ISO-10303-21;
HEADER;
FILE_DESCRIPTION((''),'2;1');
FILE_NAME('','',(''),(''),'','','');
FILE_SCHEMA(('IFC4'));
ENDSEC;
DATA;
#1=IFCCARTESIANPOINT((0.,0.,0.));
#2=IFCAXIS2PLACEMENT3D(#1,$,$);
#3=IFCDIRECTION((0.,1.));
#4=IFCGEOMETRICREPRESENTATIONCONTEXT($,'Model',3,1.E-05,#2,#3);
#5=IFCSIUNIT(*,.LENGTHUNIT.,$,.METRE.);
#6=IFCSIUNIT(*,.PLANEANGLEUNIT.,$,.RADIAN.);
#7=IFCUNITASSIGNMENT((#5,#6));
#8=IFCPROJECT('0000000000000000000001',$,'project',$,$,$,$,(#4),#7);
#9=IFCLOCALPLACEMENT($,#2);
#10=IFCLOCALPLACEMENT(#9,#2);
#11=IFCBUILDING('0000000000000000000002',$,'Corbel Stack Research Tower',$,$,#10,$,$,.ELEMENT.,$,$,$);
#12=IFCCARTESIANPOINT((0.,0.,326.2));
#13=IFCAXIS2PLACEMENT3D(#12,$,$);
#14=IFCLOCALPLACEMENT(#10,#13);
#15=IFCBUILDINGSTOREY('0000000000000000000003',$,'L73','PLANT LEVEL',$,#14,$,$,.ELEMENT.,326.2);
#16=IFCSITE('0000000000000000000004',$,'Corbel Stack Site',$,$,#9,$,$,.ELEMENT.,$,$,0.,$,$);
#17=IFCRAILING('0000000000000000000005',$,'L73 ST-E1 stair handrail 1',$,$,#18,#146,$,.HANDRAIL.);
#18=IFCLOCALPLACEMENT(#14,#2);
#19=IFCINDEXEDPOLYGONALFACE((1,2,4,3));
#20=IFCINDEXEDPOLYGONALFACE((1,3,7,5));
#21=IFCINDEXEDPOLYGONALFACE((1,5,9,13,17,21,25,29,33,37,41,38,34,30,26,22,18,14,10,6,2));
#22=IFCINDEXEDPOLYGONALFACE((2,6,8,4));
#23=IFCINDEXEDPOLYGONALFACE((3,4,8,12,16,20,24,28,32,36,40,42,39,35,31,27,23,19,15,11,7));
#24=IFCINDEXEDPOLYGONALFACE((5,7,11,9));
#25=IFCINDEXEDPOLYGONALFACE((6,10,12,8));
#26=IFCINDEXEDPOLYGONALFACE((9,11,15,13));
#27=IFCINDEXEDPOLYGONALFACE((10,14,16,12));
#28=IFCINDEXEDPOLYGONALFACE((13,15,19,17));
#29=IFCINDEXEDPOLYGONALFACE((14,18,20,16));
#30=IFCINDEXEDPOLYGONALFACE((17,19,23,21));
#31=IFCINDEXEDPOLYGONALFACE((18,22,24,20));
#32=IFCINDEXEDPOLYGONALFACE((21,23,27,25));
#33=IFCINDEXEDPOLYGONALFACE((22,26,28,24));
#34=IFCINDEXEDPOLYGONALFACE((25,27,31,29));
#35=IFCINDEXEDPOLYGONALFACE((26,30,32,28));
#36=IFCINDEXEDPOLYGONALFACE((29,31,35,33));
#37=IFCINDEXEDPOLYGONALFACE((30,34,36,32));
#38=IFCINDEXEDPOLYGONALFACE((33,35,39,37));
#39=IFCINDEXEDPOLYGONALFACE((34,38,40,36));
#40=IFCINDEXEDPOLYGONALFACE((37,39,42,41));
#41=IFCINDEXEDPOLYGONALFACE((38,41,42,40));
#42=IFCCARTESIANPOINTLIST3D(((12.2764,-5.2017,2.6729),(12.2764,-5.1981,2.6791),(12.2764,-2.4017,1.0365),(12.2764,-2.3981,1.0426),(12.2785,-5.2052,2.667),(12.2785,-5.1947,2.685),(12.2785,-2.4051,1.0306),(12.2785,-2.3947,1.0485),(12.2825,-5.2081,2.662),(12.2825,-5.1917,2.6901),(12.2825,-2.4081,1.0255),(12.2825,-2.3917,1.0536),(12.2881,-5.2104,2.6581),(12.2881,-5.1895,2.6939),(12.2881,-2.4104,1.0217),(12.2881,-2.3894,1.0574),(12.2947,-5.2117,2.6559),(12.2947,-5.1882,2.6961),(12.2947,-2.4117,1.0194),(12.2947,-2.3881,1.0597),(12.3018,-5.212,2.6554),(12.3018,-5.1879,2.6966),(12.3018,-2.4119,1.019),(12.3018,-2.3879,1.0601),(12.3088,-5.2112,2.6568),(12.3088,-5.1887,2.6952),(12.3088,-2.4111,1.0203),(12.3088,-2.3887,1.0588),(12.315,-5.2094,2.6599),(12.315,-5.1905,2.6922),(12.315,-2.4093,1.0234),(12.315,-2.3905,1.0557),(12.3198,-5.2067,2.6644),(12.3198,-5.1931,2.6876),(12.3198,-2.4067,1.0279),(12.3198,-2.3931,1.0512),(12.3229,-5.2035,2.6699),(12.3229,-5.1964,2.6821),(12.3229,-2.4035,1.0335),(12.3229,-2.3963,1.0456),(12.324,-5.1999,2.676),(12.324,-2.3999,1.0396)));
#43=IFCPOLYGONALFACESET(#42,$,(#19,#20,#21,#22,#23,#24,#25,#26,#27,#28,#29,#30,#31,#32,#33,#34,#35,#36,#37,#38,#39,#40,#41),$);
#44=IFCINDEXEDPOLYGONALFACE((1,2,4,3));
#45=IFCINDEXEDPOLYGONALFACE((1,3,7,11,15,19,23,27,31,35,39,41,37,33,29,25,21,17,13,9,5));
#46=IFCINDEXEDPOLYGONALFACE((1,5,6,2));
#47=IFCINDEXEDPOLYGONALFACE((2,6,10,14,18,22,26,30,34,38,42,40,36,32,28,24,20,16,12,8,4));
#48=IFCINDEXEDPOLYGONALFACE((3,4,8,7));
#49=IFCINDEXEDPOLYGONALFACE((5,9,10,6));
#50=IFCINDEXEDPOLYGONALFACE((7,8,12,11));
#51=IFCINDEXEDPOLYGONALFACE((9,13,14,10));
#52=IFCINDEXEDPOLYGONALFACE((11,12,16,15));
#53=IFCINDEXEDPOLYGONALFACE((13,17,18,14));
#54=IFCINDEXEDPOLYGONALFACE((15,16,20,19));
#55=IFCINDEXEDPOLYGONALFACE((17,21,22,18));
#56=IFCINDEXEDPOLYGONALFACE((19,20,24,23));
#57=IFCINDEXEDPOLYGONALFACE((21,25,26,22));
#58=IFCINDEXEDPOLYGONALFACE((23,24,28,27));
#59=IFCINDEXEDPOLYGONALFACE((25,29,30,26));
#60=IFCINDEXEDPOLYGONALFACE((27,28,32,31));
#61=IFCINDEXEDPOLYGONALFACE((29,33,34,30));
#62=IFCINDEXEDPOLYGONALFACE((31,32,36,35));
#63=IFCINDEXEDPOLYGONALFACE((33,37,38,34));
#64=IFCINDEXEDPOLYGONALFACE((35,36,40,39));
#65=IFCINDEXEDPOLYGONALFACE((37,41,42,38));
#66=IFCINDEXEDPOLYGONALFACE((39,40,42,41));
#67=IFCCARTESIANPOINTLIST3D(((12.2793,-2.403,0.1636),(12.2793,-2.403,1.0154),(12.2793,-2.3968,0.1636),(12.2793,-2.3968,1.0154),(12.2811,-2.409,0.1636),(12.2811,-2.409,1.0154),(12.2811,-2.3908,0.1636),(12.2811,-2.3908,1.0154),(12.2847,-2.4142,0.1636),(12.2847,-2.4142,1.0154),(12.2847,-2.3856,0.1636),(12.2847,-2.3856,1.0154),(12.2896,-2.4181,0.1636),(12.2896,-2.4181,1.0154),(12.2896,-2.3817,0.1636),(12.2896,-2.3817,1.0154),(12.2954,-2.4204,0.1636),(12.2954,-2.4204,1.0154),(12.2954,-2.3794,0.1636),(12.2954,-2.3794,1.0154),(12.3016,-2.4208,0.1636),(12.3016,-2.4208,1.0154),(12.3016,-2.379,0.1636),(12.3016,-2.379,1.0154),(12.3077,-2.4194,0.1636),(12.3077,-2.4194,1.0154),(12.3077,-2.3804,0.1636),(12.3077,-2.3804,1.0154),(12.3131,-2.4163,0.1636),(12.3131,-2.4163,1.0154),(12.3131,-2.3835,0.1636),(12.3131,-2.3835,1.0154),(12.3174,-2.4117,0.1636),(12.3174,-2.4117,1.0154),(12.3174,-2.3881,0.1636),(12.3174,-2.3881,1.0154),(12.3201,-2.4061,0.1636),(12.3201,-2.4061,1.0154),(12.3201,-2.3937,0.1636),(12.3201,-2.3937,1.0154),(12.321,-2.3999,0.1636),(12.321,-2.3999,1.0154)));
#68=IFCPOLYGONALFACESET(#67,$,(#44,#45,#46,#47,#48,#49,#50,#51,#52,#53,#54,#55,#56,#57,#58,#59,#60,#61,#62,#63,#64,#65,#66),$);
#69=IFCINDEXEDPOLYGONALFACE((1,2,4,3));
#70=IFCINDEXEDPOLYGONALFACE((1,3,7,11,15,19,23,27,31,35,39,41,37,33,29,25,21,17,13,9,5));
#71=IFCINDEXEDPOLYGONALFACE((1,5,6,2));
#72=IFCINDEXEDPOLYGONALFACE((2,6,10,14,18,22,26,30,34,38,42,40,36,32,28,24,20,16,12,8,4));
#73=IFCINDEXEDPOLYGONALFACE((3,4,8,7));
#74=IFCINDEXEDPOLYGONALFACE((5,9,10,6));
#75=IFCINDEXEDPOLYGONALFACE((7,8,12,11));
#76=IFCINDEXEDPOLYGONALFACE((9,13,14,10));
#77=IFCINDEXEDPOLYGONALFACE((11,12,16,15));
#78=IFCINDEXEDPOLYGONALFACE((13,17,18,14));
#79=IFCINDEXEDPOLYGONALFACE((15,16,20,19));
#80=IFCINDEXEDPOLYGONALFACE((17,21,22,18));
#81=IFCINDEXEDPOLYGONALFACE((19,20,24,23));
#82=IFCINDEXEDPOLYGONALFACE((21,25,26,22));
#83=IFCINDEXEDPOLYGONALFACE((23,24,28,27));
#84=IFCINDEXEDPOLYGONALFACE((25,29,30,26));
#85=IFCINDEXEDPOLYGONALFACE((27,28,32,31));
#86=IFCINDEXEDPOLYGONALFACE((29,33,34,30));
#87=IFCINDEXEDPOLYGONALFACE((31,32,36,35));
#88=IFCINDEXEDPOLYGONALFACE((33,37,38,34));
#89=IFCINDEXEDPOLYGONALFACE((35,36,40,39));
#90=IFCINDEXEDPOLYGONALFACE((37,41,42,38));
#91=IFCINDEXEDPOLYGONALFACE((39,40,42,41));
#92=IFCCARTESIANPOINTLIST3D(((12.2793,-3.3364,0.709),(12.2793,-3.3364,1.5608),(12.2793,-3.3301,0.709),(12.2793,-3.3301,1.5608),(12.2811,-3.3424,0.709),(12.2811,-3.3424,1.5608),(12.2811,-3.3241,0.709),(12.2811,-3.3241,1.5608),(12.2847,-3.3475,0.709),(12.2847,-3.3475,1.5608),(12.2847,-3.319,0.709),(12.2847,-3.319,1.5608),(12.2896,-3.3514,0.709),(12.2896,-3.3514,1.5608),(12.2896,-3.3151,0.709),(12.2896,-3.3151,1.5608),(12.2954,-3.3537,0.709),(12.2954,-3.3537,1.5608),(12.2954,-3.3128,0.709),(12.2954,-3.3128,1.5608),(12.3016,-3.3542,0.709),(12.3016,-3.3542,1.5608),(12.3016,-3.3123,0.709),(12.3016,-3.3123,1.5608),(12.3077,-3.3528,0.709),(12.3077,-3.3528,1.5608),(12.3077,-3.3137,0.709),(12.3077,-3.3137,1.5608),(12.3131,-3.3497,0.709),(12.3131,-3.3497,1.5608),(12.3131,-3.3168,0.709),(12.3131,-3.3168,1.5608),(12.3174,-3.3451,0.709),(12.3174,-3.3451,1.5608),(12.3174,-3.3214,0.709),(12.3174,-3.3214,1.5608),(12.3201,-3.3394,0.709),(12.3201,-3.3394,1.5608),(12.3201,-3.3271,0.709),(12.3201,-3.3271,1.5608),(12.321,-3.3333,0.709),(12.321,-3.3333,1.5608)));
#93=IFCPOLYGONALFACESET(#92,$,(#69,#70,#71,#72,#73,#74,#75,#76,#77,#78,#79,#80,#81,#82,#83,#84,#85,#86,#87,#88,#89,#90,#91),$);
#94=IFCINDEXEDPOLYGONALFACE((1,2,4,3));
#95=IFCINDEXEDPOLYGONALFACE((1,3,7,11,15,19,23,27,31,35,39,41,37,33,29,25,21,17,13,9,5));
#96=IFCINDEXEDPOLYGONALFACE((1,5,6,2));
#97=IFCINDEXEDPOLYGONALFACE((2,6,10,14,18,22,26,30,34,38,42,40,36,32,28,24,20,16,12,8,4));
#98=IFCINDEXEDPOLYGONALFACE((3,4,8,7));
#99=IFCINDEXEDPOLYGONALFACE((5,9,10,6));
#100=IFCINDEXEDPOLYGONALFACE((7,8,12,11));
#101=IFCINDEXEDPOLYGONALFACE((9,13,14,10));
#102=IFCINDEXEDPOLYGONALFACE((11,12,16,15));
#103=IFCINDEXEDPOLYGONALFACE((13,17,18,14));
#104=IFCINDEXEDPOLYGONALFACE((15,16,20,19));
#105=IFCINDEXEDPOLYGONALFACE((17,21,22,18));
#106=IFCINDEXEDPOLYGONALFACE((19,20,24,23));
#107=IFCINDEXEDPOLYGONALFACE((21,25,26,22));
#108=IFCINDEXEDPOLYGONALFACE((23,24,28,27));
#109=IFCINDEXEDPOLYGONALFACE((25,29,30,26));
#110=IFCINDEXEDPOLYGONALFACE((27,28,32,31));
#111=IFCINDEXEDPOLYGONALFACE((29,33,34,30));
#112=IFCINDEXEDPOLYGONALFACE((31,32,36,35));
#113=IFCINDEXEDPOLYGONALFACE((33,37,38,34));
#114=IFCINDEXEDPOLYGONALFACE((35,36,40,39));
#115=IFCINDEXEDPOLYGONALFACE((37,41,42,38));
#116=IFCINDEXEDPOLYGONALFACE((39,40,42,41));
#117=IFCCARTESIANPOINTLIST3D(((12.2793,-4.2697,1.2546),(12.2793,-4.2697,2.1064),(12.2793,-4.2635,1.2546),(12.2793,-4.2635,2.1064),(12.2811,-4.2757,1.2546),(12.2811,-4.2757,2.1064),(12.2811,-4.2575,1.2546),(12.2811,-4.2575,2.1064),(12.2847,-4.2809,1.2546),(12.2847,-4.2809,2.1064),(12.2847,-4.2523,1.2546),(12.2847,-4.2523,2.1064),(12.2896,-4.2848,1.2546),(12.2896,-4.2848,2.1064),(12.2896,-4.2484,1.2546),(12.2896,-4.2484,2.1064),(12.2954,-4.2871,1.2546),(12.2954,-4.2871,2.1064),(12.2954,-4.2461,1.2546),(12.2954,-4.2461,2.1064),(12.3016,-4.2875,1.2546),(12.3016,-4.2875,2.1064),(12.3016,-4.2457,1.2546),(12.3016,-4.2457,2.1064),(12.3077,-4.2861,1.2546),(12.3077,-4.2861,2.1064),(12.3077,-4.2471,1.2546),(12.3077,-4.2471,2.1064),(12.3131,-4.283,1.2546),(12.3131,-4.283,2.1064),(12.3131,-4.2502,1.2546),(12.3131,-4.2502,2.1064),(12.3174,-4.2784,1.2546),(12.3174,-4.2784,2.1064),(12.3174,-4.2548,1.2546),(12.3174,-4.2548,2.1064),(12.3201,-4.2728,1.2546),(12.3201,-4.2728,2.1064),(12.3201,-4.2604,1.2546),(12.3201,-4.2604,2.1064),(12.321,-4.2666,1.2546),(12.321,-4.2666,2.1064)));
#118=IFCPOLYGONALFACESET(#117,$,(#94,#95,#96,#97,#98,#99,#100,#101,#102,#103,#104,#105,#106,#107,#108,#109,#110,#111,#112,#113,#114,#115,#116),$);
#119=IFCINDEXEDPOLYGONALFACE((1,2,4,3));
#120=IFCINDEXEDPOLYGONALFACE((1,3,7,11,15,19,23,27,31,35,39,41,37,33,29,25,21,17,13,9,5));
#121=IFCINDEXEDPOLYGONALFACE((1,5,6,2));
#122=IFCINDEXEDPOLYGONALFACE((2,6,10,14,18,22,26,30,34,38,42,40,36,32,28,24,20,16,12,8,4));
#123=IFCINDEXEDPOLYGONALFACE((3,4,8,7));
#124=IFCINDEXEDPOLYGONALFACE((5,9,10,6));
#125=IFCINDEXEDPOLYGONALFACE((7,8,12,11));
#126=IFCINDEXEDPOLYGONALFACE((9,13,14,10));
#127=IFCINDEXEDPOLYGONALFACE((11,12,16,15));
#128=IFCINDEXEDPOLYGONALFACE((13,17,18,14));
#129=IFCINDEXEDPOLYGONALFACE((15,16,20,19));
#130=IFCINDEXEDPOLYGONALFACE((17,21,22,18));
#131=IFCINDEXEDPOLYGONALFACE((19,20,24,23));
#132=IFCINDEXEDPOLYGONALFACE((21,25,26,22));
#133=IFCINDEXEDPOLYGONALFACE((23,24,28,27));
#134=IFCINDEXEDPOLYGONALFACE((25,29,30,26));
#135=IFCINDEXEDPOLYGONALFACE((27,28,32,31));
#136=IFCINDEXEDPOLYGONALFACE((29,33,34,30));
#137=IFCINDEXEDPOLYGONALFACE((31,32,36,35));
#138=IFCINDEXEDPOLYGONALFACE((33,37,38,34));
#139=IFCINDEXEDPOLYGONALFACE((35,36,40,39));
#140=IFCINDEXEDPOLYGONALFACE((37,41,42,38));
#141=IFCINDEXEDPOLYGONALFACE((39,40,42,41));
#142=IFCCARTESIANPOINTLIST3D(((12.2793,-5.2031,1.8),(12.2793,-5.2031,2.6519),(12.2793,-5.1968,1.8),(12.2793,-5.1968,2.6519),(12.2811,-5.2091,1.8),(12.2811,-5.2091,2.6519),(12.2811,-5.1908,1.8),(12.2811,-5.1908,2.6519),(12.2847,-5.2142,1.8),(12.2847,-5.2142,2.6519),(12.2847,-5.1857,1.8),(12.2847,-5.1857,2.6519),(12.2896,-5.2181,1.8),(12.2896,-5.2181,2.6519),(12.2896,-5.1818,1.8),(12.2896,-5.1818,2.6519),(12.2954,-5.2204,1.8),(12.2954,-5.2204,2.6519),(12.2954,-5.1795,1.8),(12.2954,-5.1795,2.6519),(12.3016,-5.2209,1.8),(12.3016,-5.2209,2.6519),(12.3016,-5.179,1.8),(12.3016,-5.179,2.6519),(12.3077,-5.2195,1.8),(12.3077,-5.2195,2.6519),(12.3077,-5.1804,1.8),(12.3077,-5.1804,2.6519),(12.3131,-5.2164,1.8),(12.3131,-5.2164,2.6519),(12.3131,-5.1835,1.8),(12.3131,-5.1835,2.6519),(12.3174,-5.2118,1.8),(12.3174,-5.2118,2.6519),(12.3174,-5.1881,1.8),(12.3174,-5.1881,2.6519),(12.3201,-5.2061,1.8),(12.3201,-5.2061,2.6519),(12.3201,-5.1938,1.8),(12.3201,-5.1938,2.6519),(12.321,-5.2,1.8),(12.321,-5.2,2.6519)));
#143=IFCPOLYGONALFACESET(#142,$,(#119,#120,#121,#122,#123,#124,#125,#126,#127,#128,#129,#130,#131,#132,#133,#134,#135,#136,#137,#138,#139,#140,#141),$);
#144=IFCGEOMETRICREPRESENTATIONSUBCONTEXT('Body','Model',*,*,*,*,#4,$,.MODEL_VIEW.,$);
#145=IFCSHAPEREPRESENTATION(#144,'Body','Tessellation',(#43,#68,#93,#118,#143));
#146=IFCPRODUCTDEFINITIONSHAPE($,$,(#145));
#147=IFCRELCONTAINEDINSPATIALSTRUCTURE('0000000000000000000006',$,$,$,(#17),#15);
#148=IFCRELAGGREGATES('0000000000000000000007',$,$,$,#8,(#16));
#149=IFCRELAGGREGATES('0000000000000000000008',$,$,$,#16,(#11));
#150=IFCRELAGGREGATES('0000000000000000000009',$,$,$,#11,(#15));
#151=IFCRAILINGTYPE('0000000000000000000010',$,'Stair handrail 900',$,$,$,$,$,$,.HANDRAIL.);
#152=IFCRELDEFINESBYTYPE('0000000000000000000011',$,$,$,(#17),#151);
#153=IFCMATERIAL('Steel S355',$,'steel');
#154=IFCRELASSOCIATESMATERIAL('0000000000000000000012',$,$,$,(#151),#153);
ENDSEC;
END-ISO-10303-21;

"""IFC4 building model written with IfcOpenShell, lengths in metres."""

from ifc_helpers import new_model, si_unit, direction, frame, origin, origin_2d, place, context, subcontext, project, spatial, circle, extrude, material, type_object, element, save


model = new_model("IFC4")

# Units and contexts
model_context = context("Model", 3, precision=1e-05, world=origin(), true_north=direction((0.0, 1.0)))
body_context = subcontext(model_context, "Body", "Model", "MODEL_VIEW")
ifc_project = project(units=[si_unit("LENGTHUNIT", "METRE"), si_unit("PLANEANGLEUNIT", "RADIAN")], contexts=[model_context])

# Site, building, storey
site_placement = place(None, origin())
site = spatial("IfcSite", under=ifc_project, at=site_placement, Name="Corbel Stack Site", CompositionType="ELEMENT", RefElevation=0.0)
building_placement = place(site_placement, origin())
building = spatial("IfcBuilding", under=site, at=building_placement, Name="Corbel Stack Research Tower", CompositionType="ELEMENT")
storey_placement = place(building_placement, frame((0.0, 0.0, 326.2)))
storey = spatial("IfcBuildingStorey", under=building, at=storey_placement, Name="L73", Description="PLANT LEVEL", CompositionType="ELEMENT", Elevation=326.2)

# Railing
ifc_material_1 = material(Name="Steel S355", Category="steel")
railing_type_1 = type_object("IfcRailingType", Name="Stair handrail 900", PredefinedType="HANDRAIL", material=ifc_material_1)
railing_1_placement = place(storey_placement, frame((12.3, -2.3999, 0.1636)))
element("IfcRailing", 1, at=railing_1_placement, inside=storey, type_object=railing_type_1, Name="L73 ST-E1 stair handrail 1", PredefinedType="HANDRAIL", context=body_context, shape_type="SweptSolid", body=[
    extrude(circle(Radius=0.0239, at=origin_2d()), frame((0.0, 0.0, 0.876), z_axis=(0.0, -0.863361, 0.504587), x_axis=(1.0, 0.0, 0.0)), (0.0, 0.0, 1.0), 3.2432),
    extrude(circle(Radius=0.021, at=origin_2d()), origin(), (0.0, 0.0, 1.0), 0.8518),
    extrude(circle(Radius=0.021, at=origin_2d()), frame((0.0, -0.9333, 0.5454)), (0.0, 0.0, 1.0), 0.8518),
    extrude(circle(Radius=0.021, at=origin_2d()), frame((0.0, -1.8667, 1.0911)), (0.0, 0.0, 1.0), 0.8518),
    extrude(circle(Radius=0.021, at=origin_2d()), frame((0.0, -2.8, 1.6365)), (0.0, 0.0, 1.0), 0.8518),
])

save(model, "model.ifc")
